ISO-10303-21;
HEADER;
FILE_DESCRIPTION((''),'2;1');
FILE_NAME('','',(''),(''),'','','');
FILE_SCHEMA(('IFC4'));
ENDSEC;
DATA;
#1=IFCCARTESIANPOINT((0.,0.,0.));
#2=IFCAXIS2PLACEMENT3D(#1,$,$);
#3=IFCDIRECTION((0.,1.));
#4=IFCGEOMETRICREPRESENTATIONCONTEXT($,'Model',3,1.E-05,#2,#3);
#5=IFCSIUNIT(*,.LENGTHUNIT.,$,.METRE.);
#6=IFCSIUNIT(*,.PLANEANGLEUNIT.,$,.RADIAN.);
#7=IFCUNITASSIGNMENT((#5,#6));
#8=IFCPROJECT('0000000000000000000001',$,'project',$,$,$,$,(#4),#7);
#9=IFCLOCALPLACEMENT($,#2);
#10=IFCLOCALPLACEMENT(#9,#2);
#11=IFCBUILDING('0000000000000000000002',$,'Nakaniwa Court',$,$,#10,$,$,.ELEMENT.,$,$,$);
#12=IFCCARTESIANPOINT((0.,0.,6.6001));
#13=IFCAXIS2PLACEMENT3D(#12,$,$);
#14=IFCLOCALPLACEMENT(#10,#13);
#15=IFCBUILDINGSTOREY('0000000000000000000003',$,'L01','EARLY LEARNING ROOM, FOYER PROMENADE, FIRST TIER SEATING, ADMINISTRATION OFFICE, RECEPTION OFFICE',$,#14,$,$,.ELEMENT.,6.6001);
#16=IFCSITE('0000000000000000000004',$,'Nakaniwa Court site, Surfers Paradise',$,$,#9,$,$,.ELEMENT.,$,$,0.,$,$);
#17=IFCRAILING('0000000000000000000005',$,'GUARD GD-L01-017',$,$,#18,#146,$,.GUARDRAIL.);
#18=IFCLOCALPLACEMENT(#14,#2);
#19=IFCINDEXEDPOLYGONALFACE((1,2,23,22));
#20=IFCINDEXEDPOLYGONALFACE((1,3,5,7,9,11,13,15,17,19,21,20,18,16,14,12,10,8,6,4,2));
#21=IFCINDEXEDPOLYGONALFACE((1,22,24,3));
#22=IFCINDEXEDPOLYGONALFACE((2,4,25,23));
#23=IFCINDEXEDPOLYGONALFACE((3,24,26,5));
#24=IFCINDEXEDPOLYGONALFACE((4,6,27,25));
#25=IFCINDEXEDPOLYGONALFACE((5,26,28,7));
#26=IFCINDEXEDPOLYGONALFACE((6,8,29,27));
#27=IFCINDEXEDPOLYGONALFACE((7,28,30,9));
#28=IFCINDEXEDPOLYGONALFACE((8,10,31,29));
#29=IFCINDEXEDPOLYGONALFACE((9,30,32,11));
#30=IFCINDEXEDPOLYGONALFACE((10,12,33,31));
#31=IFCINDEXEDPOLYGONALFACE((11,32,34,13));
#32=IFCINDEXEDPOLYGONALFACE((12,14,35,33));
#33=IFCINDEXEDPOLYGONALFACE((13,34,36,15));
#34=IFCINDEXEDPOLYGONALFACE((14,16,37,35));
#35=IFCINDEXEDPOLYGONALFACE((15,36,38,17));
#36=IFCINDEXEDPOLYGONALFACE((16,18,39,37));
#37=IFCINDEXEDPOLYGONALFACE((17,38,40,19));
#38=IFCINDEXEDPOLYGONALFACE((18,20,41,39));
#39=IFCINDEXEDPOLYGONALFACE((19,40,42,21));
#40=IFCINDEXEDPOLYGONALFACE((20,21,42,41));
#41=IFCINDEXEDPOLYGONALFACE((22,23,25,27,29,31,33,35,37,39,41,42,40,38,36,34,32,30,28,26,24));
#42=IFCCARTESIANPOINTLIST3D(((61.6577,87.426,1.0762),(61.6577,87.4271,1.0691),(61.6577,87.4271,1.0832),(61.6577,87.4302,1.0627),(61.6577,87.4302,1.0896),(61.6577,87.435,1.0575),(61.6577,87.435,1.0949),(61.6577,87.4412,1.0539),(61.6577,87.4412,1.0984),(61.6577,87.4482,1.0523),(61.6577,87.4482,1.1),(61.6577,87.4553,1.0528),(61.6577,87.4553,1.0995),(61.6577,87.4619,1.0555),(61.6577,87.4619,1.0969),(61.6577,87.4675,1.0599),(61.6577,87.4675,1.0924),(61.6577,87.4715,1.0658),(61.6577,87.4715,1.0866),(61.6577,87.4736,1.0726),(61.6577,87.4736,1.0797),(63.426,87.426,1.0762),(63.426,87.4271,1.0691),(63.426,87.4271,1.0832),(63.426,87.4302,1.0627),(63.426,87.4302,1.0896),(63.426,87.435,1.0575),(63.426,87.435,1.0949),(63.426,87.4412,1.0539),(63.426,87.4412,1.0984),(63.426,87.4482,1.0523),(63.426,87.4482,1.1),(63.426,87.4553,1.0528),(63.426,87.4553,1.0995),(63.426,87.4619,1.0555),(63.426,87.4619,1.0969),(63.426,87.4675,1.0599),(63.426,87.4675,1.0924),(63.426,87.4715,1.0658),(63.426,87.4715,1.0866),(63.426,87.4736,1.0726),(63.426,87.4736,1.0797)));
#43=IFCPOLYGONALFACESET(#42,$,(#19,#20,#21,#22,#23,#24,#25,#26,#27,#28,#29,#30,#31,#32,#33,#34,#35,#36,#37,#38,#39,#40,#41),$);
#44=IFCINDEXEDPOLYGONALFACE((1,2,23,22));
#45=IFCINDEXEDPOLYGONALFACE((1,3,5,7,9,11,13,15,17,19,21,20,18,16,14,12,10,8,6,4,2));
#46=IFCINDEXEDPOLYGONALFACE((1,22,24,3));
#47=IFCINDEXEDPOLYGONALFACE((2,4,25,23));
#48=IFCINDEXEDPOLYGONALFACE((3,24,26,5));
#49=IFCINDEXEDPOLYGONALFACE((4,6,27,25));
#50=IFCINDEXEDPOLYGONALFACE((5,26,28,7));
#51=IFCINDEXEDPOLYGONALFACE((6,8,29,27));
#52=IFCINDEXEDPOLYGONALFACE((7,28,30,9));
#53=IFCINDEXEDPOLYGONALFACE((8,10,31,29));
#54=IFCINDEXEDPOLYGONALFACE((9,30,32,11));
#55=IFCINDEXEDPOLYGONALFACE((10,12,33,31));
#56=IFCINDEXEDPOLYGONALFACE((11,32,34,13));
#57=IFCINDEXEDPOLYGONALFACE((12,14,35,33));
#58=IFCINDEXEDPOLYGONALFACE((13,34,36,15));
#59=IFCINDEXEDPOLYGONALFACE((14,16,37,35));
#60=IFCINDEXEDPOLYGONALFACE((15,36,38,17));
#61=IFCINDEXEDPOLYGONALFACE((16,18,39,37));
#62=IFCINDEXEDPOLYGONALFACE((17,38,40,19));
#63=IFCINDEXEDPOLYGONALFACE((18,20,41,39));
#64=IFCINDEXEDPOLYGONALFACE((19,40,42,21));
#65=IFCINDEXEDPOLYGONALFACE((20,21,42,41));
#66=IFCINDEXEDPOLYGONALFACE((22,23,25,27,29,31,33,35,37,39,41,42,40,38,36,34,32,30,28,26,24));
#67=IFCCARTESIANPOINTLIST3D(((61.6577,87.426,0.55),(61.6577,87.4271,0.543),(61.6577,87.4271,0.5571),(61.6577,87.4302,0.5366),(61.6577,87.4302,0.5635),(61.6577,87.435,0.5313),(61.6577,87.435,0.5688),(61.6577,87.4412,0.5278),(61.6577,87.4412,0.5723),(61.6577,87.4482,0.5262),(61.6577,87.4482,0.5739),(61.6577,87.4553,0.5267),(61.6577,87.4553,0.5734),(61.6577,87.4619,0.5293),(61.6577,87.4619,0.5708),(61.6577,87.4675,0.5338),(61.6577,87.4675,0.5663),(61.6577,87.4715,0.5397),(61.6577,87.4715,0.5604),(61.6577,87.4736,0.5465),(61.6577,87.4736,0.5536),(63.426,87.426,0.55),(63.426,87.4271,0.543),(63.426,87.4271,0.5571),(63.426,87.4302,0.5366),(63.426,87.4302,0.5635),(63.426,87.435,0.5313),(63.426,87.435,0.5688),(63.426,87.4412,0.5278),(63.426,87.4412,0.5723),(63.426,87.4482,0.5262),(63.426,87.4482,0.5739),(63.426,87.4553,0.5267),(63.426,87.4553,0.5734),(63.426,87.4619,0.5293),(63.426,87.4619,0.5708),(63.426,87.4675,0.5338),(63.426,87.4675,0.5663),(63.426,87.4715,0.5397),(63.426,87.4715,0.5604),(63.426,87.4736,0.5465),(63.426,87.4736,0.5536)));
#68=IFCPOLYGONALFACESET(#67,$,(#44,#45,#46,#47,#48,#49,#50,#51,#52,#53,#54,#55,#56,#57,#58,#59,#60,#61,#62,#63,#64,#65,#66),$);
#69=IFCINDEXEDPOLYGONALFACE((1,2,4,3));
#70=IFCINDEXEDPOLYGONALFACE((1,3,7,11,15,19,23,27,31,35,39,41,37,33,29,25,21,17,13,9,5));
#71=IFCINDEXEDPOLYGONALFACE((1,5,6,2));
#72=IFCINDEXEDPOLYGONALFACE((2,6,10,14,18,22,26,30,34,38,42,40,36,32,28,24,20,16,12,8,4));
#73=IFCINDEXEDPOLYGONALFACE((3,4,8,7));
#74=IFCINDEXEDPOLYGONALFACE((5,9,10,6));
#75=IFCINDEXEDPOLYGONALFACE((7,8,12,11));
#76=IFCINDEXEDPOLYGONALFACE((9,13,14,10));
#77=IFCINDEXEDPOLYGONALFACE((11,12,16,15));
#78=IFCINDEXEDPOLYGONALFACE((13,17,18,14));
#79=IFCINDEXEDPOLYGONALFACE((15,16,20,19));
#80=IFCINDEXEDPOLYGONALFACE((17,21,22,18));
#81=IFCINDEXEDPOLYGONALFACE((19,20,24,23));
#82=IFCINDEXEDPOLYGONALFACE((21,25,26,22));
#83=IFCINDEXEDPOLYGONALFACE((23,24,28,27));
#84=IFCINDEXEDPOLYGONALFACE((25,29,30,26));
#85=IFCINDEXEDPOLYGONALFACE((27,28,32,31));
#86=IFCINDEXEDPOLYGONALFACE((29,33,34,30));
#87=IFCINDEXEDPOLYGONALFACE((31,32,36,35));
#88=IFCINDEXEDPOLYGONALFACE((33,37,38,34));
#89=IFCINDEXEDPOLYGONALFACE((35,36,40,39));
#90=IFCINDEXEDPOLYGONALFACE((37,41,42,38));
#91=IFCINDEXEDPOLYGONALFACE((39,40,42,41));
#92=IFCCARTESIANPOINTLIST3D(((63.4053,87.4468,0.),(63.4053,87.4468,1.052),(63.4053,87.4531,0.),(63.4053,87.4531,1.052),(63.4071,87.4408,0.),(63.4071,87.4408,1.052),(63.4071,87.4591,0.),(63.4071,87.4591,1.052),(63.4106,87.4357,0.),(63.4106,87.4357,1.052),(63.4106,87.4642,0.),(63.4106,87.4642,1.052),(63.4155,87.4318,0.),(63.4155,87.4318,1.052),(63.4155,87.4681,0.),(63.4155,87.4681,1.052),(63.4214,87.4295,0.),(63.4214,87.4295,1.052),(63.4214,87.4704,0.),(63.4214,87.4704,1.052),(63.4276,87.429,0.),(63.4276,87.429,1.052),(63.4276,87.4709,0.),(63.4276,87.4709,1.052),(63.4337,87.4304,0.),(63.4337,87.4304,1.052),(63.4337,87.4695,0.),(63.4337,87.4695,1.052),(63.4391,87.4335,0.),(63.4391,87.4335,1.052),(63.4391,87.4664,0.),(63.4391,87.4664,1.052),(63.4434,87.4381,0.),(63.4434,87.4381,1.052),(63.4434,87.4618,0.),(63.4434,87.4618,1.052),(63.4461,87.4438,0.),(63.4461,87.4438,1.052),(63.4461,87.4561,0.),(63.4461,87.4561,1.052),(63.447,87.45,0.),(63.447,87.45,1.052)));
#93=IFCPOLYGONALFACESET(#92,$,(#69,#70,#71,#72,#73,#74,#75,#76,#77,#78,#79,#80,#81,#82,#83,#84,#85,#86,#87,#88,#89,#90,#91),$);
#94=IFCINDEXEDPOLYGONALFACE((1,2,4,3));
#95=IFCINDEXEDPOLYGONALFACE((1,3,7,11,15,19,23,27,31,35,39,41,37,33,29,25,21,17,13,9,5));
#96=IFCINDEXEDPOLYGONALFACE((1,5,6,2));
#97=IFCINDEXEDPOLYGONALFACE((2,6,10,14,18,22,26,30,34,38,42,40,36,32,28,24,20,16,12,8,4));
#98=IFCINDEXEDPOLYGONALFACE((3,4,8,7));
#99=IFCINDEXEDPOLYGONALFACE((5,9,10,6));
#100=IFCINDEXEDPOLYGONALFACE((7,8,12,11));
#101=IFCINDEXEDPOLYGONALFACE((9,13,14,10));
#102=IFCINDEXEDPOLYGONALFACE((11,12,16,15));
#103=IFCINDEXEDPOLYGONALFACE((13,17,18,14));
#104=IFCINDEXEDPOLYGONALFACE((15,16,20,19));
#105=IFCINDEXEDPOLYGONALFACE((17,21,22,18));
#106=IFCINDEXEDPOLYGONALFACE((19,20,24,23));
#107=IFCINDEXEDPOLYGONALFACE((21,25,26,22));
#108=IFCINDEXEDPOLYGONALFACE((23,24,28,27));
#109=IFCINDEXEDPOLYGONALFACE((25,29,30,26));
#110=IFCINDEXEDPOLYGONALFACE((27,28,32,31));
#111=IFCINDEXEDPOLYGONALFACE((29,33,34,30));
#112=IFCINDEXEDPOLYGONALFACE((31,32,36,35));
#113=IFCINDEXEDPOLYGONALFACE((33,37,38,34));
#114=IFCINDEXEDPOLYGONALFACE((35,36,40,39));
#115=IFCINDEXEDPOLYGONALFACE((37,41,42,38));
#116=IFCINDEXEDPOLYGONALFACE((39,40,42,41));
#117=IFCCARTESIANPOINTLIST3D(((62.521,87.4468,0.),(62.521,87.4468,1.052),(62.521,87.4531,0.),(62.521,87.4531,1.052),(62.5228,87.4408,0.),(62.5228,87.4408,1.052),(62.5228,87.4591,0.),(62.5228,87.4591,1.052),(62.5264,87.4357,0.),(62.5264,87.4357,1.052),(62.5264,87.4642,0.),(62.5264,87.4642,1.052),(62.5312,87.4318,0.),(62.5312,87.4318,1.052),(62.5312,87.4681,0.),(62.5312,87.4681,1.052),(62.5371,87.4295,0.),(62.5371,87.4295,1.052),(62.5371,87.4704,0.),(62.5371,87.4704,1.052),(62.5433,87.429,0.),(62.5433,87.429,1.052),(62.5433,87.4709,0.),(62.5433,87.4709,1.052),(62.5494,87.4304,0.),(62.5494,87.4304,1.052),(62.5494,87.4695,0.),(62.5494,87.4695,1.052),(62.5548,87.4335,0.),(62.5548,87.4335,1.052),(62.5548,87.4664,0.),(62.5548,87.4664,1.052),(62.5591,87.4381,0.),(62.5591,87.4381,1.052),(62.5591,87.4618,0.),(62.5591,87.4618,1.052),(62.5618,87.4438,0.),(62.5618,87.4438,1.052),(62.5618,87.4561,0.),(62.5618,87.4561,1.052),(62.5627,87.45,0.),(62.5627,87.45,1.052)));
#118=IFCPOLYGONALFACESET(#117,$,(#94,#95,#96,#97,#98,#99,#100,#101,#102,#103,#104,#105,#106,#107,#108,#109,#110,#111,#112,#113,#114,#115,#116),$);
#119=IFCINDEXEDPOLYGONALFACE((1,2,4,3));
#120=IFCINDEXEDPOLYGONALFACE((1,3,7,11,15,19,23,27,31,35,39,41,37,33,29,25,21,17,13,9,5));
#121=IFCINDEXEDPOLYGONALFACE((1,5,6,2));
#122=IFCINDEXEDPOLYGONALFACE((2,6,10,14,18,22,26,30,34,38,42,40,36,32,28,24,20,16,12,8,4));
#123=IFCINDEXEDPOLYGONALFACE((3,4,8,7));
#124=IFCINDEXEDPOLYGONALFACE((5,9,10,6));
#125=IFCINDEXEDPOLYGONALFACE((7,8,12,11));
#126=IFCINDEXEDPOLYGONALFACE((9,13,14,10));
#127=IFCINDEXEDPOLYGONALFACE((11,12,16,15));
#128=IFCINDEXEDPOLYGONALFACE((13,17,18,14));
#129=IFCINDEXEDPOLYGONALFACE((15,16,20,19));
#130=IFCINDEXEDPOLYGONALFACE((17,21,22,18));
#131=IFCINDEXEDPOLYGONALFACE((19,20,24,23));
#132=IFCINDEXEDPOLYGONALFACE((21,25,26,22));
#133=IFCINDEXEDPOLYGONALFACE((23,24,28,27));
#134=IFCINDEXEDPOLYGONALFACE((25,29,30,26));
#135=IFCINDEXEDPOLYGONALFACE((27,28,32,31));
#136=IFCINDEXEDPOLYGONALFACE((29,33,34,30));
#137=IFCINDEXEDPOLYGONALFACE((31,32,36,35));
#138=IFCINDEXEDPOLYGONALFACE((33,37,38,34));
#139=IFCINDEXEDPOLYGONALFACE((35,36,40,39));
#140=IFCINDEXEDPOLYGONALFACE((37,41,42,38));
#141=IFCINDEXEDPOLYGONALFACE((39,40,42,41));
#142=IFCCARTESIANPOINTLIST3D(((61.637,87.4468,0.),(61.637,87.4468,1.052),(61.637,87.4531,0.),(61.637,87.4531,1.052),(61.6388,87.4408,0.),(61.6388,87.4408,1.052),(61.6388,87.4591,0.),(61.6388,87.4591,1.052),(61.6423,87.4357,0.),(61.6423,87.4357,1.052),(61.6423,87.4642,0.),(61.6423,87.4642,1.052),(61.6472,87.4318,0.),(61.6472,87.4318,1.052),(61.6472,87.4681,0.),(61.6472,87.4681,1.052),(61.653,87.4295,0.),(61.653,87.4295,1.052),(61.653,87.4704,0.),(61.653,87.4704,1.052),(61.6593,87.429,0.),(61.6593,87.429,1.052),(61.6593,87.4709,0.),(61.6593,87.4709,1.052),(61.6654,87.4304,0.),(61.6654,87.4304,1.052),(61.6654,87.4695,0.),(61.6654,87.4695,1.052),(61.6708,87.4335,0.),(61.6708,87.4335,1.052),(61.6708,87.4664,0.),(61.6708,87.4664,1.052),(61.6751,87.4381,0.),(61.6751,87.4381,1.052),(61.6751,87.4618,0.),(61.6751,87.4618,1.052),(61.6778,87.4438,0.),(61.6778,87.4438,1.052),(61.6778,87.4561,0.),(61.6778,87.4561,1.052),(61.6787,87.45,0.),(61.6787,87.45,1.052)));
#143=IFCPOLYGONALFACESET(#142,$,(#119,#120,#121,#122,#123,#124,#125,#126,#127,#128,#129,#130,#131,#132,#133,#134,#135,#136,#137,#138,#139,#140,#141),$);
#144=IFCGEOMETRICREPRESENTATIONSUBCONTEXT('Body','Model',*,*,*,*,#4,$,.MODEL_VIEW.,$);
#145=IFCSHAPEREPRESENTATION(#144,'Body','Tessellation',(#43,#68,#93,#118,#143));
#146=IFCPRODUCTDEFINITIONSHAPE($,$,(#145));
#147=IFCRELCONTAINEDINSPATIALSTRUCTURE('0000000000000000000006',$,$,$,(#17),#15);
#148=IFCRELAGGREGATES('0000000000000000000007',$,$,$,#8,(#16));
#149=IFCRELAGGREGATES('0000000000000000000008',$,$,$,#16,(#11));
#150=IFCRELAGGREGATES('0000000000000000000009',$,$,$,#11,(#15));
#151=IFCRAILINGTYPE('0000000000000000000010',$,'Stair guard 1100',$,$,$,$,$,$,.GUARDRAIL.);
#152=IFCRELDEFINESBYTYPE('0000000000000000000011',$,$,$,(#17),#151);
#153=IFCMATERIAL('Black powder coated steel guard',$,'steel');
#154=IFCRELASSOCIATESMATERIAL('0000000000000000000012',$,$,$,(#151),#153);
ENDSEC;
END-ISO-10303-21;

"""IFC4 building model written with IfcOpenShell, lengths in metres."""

from ifc_helpers import new_model, si_unit, direction, frame, origin, origin_2d, place, context, subcontext, project, spatial, circle, extrude, material, type_object, element, save


model = new_model("IFC4")

# Units and contexts
model_context = context("Model", 3, precision=1e-05, world=origin(), true_north=direction((0.0, 1.0)))
body_context = subcontext(model_context, "Body", "Model", "MODEL_VIEW")
ifc_project = project(units=[si_unit("LENGTHUNIT", "METRE"), si_unit("PLANEANGLEUNIT", "RADIAN")], contexts=[model_context])

# Site, building, storey
site_placement = place(None, origin())
site = spatial("IfcSite", under=ifc_project, at=site_placement, Name="Nakaniwa Court site, Surfers Paradise", CompositionType="ELEMENT", RefElevation=0.0)
building_placement = place(site_placement, origin())
building = spatial("IfcBuilding", under=site, at=building_placement, Name="Nakaniwa Court", CompositionType="ELEMENT")
storey_placement = place(building_placement, frame((0.0, 0.0, 6.6001)))
storey = spatial("IfcBuildingStorey", under=building, at=storey_placement, Name="L01", Description="EARLY LEARNING ROOM, FOYER PROMENADE, FIRST TIER SEATING, ADMINISTRATION OFFICE, RECEPTION OFFICE", CompositionType="ELEMENT", Elevation=6.6001)

# Railing
ifc_material_1 = material(Name="Black powder coated steel guard", Category="steel")
railing_type = type_object("IfcRailingType", Name="Stair guard 1100", PredefinedType="GUARDRAIL", material=ifc_material_1)
railing_1_placement = place(storey_placement, frame((63.426, 87.45, 0.0)))
element("IfcRailing", 1, at=railing_1_placement, inside=storey, type_object=railing_type, Name="GUARD GD-L01-017", PredefinedType="GUARDRAIL", context=body_context, shape_type="SweptSolid", body=[
    extrude(circle(Radius=0.0239, at=origin_2d()), frame((0.0, 0.0, 1.0762), z_axis=(-1.0, 0.0, 0.0), x_axis=(0.0, -1.0, 0.0)), (0.0, 0.0, 1.0), 1.7683),
    extrude(circle(Radius=0.0239, at=origin_2d()), frame((0.0, 0.0, 0.55), z_axis=(-1.0, 0.0, 0.0), x_axis=(0.0, -1.0, 0.0)), (0.0, 0.0, 1.0), 1.7683),
    extrude(circle(Radius=0.021, at=origin_2d()), origin(), (0.0, 0.0, 1.0), 1.052),
    extrude(circle(Radius=0.021, at=origin_2d()), frame((-0.8843, 0.0, 0.0)), (0.0, 0.0, 1.0), 1.052),
    extrude(circle(Radius=0.021, at=origin_2d()), frame((-1.7683, 0.0, 0.0)), (0.0, 0.0, 1.0), 1.052),
])

save(model, "model.ifc")
